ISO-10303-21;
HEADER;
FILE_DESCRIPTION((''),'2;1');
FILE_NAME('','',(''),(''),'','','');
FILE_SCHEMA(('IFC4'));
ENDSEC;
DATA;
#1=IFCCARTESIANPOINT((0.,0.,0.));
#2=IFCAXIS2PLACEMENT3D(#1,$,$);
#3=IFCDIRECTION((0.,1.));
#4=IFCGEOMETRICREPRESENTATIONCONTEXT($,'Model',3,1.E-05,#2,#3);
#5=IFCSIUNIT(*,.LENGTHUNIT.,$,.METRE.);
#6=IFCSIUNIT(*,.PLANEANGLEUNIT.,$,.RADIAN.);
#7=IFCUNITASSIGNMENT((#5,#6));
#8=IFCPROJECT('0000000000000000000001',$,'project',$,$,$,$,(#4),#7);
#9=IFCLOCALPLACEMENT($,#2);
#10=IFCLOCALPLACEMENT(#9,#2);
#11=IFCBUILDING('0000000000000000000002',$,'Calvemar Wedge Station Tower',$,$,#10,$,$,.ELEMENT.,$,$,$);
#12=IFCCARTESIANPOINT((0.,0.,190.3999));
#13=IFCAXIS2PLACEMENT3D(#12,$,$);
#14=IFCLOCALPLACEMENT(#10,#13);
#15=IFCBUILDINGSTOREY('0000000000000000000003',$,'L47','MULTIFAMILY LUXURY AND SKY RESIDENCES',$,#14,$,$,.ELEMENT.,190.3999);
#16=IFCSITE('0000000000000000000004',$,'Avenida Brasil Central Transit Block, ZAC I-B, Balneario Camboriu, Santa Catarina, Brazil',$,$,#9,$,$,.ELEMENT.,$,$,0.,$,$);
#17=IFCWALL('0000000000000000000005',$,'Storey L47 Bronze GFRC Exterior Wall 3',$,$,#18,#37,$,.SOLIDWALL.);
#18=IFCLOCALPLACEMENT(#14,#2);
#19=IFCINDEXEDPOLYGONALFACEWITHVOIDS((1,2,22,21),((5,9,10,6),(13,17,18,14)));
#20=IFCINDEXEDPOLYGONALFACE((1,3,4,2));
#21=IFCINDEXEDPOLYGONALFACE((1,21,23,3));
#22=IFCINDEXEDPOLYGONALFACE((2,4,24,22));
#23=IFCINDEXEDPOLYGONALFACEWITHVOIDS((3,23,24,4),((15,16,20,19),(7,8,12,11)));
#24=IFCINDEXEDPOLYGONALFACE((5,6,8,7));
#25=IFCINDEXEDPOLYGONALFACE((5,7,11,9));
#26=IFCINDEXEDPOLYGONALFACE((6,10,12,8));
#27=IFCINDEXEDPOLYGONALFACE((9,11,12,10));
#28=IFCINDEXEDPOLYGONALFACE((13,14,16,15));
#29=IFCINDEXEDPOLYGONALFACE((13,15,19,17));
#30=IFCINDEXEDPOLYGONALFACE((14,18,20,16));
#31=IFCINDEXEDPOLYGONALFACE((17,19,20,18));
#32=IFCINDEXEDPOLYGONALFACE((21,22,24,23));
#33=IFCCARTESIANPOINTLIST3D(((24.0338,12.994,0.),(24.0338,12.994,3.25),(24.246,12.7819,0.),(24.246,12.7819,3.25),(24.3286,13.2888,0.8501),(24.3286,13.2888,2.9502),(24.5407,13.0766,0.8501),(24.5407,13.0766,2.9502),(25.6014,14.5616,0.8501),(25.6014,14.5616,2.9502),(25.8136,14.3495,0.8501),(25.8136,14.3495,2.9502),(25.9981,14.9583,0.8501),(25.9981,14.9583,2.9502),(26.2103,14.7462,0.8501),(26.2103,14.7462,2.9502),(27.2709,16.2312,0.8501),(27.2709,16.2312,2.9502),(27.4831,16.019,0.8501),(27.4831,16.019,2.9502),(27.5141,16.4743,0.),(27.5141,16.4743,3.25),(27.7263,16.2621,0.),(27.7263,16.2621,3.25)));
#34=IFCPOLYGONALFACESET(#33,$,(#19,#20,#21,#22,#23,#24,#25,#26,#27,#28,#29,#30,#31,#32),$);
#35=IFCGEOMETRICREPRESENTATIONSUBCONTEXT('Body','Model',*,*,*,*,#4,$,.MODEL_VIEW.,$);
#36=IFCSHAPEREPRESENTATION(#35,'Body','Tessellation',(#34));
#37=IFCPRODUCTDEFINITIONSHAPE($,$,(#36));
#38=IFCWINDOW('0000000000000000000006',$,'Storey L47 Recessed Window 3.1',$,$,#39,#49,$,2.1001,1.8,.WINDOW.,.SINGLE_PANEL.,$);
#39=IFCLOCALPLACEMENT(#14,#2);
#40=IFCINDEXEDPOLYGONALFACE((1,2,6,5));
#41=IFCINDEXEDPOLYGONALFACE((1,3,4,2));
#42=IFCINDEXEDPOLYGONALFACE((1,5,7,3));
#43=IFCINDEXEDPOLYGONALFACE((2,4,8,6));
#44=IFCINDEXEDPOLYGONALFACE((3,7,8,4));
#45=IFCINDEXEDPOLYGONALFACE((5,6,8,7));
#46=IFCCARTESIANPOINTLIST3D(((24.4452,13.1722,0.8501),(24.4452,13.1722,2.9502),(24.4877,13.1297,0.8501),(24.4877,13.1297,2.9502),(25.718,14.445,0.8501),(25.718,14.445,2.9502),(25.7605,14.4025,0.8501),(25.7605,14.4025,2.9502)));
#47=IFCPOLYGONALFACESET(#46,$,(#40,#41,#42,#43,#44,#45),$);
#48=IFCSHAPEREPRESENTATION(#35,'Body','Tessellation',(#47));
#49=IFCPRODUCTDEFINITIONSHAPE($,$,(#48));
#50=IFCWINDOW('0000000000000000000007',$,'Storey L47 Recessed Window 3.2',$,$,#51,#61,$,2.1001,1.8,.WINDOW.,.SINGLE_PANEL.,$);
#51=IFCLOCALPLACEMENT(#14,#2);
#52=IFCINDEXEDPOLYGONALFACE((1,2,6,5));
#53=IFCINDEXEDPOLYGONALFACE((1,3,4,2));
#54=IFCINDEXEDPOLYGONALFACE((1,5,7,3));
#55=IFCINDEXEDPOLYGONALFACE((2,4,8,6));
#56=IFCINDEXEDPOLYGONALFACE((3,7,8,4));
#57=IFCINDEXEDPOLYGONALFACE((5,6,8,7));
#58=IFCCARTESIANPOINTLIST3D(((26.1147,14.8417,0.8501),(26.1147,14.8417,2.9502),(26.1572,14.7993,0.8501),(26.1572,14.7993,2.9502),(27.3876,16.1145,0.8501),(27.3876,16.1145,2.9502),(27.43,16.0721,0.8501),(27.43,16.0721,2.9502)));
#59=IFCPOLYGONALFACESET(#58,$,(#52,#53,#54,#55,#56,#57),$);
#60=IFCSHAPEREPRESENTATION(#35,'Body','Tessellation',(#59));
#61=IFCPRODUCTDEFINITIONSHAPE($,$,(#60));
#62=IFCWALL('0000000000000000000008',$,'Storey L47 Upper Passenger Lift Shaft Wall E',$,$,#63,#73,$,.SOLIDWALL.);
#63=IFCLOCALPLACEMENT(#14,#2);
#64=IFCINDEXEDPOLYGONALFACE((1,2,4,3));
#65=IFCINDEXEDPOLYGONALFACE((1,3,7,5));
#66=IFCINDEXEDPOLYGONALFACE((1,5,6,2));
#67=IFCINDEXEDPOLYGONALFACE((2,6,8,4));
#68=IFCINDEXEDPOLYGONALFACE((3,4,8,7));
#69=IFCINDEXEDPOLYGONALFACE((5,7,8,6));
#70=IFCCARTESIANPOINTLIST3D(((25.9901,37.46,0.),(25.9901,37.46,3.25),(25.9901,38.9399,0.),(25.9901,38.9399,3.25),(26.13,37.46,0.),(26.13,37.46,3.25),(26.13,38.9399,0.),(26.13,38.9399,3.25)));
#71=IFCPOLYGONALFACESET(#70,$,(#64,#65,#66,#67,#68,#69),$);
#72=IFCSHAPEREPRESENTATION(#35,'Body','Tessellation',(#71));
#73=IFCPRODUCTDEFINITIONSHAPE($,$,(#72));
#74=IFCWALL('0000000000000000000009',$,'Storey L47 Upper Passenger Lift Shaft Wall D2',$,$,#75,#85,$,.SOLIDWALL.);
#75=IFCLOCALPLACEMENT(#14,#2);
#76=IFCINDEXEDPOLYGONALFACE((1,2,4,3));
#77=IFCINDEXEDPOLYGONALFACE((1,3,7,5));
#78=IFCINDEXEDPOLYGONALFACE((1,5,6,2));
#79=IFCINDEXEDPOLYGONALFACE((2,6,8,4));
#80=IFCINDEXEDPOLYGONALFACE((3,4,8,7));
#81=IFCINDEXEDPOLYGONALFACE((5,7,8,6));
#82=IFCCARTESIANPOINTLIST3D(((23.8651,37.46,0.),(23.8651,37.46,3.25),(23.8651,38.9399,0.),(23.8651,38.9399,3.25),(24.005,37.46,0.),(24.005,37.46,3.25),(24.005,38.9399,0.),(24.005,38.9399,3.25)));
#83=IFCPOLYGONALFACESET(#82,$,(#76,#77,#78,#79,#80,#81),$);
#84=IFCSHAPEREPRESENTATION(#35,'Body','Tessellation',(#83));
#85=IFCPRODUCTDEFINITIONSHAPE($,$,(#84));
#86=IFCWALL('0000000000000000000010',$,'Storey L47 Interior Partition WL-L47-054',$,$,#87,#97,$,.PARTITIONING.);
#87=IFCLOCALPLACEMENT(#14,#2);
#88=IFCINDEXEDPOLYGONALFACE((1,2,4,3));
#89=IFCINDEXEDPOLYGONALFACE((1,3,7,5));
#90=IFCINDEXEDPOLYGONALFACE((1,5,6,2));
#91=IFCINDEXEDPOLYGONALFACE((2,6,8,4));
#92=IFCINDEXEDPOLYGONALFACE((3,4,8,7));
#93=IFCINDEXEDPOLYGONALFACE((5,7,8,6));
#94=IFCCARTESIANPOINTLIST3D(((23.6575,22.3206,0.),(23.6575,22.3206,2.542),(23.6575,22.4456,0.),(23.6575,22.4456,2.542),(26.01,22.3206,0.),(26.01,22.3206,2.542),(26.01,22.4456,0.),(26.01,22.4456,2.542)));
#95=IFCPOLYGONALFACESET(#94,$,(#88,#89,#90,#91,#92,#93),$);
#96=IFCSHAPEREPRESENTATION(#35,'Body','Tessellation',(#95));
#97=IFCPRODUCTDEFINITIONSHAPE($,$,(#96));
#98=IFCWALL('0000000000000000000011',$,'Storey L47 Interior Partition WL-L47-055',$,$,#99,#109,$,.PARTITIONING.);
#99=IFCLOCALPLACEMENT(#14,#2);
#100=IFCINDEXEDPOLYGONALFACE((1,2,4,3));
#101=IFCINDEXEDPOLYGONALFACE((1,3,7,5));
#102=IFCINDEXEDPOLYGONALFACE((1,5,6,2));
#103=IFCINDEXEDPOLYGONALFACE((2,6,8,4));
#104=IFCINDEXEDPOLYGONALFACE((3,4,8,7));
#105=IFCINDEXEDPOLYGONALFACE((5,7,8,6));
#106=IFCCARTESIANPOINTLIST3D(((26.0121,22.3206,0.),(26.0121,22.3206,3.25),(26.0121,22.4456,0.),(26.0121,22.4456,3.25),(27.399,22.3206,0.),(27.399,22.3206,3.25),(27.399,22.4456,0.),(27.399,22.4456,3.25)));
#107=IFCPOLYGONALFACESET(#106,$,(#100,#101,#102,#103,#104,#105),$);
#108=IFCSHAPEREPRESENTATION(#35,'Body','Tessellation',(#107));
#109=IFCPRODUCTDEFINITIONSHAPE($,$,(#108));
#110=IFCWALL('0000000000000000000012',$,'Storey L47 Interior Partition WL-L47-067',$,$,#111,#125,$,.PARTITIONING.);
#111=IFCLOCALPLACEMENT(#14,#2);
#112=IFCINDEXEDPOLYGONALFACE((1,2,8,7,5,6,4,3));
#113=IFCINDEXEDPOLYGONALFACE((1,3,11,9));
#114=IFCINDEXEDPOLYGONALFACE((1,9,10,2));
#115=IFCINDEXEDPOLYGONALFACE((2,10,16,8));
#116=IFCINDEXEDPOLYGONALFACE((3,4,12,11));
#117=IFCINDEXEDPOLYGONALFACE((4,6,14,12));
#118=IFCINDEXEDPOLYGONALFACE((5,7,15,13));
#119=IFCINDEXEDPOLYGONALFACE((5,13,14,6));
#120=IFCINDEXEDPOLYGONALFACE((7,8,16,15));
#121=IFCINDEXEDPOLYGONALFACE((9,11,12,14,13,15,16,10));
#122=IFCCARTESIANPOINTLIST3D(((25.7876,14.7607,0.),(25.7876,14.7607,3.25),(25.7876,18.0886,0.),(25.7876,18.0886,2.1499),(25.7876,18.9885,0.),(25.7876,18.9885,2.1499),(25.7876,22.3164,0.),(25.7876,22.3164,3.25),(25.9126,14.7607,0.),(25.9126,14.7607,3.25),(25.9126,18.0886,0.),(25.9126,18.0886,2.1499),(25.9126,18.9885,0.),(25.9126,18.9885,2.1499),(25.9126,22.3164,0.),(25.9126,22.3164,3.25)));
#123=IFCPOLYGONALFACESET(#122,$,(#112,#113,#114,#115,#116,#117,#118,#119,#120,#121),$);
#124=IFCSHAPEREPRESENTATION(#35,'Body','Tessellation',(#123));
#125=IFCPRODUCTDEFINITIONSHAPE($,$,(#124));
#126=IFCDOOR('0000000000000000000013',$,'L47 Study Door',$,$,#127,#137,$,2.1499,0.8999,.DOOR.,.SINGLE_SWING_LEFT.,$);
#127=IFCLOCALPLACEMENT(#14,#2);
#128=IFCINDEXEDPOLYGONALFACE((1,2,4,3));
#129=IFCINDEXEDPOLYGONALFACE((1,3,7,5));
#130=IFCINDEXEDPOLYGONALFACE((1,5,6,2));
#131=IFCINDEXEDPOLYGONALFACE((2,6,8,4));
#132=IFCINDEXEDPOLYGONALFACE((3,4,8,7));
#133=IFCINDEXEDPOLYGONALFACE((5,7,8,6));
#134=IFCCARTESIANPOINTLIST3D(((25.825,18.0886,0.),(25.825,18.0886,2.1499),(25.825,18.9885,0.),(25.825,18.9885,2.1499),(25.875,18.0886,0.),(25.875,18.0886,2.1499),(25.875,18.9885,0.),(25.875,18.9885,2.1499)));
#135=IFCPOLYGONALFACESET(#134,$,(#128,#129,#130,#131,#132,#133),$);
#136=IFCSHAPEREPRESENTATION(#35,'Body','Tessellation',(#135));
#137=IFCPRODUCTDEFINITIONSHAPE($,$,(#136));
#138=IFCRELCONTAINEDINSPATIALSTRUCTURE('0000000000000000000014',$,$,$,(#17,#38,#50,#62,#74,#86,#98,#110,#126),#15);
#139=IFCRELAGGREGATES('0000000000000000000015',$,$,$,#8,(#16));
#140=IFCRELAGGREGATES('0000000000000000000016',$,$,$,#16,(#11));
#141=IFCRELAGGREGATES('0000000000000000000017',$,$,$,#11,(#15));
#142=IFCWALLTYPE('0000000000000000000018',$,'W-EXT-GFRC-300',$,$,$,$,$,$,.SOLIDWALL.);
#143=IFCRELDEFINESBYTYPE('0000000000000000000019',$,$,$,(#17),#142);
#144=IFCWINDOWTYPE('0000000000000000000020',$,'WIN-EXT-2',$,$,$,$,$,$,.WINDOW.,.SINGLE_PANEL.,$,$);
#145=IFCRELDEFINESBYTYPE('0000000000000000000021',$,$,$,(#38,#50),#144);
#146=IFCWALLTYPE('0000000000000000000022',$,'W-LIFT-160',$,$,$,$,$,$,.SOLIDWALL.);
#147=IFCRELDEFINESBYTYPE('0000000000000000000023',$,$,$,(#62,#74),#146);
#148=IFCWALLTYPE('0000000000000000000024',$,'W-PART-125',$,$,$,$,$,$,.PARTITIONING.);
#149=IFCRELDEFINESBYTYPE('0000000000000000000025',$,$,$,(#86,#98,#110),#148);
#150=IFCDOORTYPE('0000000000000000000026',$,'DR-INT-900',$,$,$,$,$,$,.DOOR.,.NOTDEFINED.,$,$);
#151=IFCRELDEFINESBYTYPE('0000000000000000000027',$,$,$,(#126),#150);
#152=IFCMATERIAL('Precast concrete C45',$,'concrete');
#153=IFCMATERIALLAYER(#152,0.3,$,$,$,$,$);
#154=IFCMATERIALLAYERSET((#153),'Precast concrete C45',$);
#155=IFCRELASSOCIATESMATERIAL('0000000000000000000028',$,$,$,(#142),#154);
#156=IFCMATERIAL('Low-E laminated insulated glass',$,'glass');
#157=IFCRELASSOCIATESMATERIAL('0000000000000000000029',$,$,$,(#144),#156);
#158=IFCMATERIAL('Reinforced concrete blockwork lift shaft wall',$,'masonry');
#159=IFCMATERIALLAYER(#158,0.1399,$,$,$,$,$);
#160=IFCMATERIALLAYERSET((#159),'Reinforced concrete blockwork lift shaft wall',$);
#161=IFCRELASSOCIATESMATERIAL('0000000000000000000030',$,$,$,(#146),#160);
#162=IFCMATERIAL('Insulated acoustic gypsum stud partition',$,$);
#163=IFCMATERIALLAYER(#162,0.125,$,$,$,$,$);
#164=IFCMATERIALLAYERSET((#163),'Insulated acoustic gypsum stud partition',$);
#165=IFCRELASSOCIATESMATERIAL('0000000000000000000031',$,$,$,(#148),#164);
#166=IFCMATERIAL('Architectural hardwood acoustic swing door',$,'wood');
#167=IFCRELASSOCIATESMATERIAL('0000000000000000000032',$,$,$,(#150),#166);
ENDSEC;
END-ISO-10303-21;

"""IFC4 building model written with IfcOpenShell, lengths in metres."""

from ifc_helpers import new_model, si_unit, direction, frame, frame_2d, origin, place, context, subcontext, project, spatial, rectangle, extrude, source, transform, mapped, material, layer, layer_set, type_object, element, fill, save


model = new_model("IFC4")

# Units and contexts
model_context = context("Model", 3, precision=1e-05, world=origin(), true_north=direction((0.0, 1.0)))
body_context = subcontext(model_context, "Body", "Model", "MODEL_VIEW")
ifc_project = project(units=[si_unit("LENGTHUNIT", "METRE"), si_unit("PLANEANGLEUNIT", "RADIAN")], contexts=[model_context])

# Site, building, storey
site_placement = place(None, origin())
site = spatial("IfcSite", under=ifc_project, at=site_placement, Name="Avenida Brasil Central Transit Block, ZAC I-B, Balneario Camboriu, Santa Catarina, Brazil", CompositionType="ELEMENT", RefElevation=0.0)
building_placement = place(site_placement, origin())
building = spatial("IfcBuilding", under=site, at=building_placement, Name="Calvemar Wedge Station Tower", CompositionType="ELEMENT")
storey_placement = place(building_placement, frame((0.0, 0.0, 190.3999)))
storey = spatial("IfcBuildingStorey", under=building, at=storey_placement, Name="L47", Description="MULTIFAMILY LUXURY AND SKY RESIDENCES", CompositionType="ELEMENT", Elevation=190.3999)

# Shared definitions
ifc_material_1 = material(Name="Low-E laminated insulated glass", Category="glass")

# Wall, openings, windows
ifc_material_2 = material(Name="Precast concrete C45", Category="concrete")
ifc_layer_1 = layer(ifc_material_2, 0.3)
ifc_layer_set_1 = layer_set([ifc_layer_1], Name="Precast concrete C45")
wall_type_1 = type_object("IfcWallType", Name="W-EXT-GFRC-300", PredefinedType="SOLIDWALL", material=ifc_layer_set_1)
wall_1_placement = place(storey_placement, frame((24.1399, 12.8879, 0.0), z_axis=(0.0, 0.0, 1.0), x_axis=(0.707107, 0.707107, 0.0)))
wall_1 = element("IfcWall", 1, at=wall_1_placement, inside=storey, type_object=wall_type_1, Name="Storey L47 Bronze GFRC Exterior Wall 3", PredefinedType="SOLIDWALL", context=body_context, shape_type="SweptSolid", body=[
    extrude(rectangle(XDim=4.9219, YDim=0.3, at=frame_2d((2.4609, 0.0))), origin(), (0.0, 0.0, 1.0), 3.25),
])
shared_shape_1 = source(origin(), body_context, "Body", "SweptSolid", [
    extrude(rectangle(XDim=1.8, YDim=2.1001, at=frame_2d((0.8999, 1.05))), frame((0.0, 0.1602, 0.0), z_axis=(0.0, -1.0, 0.0), x_axis=(1.0, 0.0, 0.0)), (0.0, 0.0, 1.0), 0.3201),
])
opening_1_placement = place(wall_1_placement, frame((0.417, 0.0, 0.8501)))
opening_1 = element("IfcOpeningElement", 2, at=opening_1_placement, cuts=wall_1, PredefinedType="OPENING", context=body_context, shape_type="MappedRepresentation", body=[
    mapped(shared_shape_1, transform((0.0, 0.0, 0.0), scale=1.0)),
])
opening_2_placement = place(wall_1_placement, frame((2.7781, 0.0, 0.8501)))
opening_2 = element("IfcOpeningElement", 3, at=opening_2_placement, cuts=wall_1, PredefinedType="OPENING", context=body_context, shape_type="MappedRepresentation", body=[
    mapped(shared_shape_1, transform((0.0, 0.0, 0.0), scale=1.0)),
])
window_type = type_object("IfcWindowType", Name="WIN-EXT-2", PartitioningType="SINGLE_PANEL", PredefinedType="WINDOW", material=ifc_material_1)
shared_shape_2 = source(origin(), body_context, "Body", "SweptSolid", [
    extrude(rectangle(XDim=1.8, YDim=2.1001, at=frame_2d((0.8999, 1.05))), frame((0.0, -0.0149, 0.0), z_axis=(0.0, -1.0, 0.0), x_axis=(1.0, 0.0, 0.0)), (0.0, 0.0, 1.0), 0.0601),
])
window_1_placement = place(opening_1_placement, origin())
window_1 = element("IfcWindow", 4, at=window_1_placement, inside=storey, type_object=window_type, Name="Storey L47 Recessed Window 3.1", OverallHeight=2.1001, OverallWidth=1.8, PartitioningType="SINGLE_PANEL", PredefinedType="WINDOW", context=body_context, shape_type="MappedRepresentation", body=[
    mapped(shared_shape_2, transform((0.0, 0.0, 0.0), scale=1.0)),
])
fill(opening_1, window_1)
window_2_placement = place(opening_2_placement, origin())
window_2 = element("IfcWindow", 5, at=window_2_placement, inside=storey, type_object=window_type, Name="Storey L47 Recessed Window 3.2", OverallHeight=2.1001, OverallWidth=1.8, PartitioningType="SINGLE_PANEL", PredefinedType="WINDOW", context=body_context, shape_type="MappedRepresentation", body=[
    mapped(shared_shape_2, transform((0.0, 0.0, 0.0), scale=1.0)),
])
fill(opening_2, window_2)

# Walls
ifc_material_3 = material(Name="Reinforced concrete blockwork lift shaft wall", Category="masonry")
ifc_layer_2 = layer(ifc_material_3, 0.1399)
ifc_layer_set_2 = layer_set([ifc_layer_2], Name="Reinforced concrete blockwork lift shaft wall")
wall_type_2 = type_object("IfcWallType", Name="W-LIFT-160", PredefinedType="SOLIDWALL", material=ifc_layer_set_2)
for number, where, z_axis, x_axis, name in (
    (6, (26.0601, 37.46, 0.0), (0.0, 0.0, 1.0), (0.0, 1.0, 0.0), "Storey L47 Upper Passenger Lift Shaft Wall E"),
    (7, (23.9351, 37.46, 0.0), (0.0, 0.0, 1.0), (0.0, 1.0, 0.0), "Storey L47 Upper Passenger Lift Shaft Wall D2"),
):
    element("IfcWall", number, at=place(storey_placement, frame(where, z_axis=z_axis, x_axis=x_axis)), inside=storey, type_object=wall_type_2, Name=name, PredefinedType="SOLIDWALL", context=body_context, shape_type="SweptSolid", body=[
        extrude(rectangle(XDim=1.48, YDim=0.1399, at=frame_2d((0.74, 0.0))), origin(), (0.0, 0.0, 1.0), 3.25),
    ])
ifc_material_4 = material(Name="Insulated acoustic gypsum stud partition")
ifc_layer_3 = layer(ifc_material_4, 0.125)
ifc_layer_set_3 = layer_set([ifc_layer_3], Name="Insulated acoustic gypsum stud partition")
wall_type_3 = type_object("IfcWallType", Name="W-PART-125", PredefinedType="PARTITIONING", material=ifc_layer_set_3)
wall_2_placement = place(storey_placement, frame((26.01, 22.3831, 0.0), z_axis=(0.0, 0.0, 1.0), x_axis=(-1.0, 0.0, 0.0)))
element("IfcWall", 8, at=wall_2_placement, inside=storey, type_object=wall_type_3, Name="Storey L47 Interior Partition WL-L47-054", PredefinedType="PARTITIONING", context=body_context, shape_type="SweptSolid", body=[
    extrude(rectangle(XDim=2.3525, YDim=0.125, at=frame_2d((1.1763, 0.0))), origin(), (0.0, 0.0, 1.0), 2.542),
])
wall_3_placement = place(storey_placement, frame((27.3989, 22.3831, 0.0), z_axis=(0.0, 0.0, 1.0), x_axis=(-1.0, 0.0, 0.0)))
element("IfcWall", 9, at=wall_3_placement, inside=storey, type_object=wall_type_3, Name="Storey L47 Interior Partition WL-L47-055", PredefinedType="PARTITIONING", context=body_context, shape_type="SweptSolid", body=[
    extrude(rectangle(XDim=1.387, YDim=0.125, at=frame_2d((0.6934, 0.0))), origin(), (0.0, 0.0, 1.0), 3.25),
])

# Wall, opening, door
wall_4_placement = place(storey_placement, frame((25.8501, 22.3164, 0.0), z_axis=(0.0, 0.0, 1.0), x_axis=(0.0, -1.0, 0.0)))
wall_4 = element("IfcWall", 10, at=wall_4_placement, inside=storey, type_object=wall_type_3, Name="Storey L47 Interior Partition WL-L47-067", PredefinedType="PARTITIONING", context=body_context, shape_type="SweptSolid", body=[
    extrude(rectangle(XDim=7.5557, YDim=0.125, at=frame_2d((3.7778, 0.0))), origin(), (0.0, 0.0, 1.0), 3.25),
])
shared_shape_3 = source(origin(), body_context, "Body", "SweptSolid", [
    extrude(rectangle(XDim=0.8999, YDim=2.1499, at=frame_2d((0.45, 1.075))), frame((0.0, 0.0725, 0.0), z_axis=(0.0, -1.0, 0.0), x_axis=(1.0, 0.0, 0.0)), (0.0, 0.0, 1.0), 0.145),
])
opening_3_placement = place(wall_4_placement, frame((3.3279, 0.0, 0.0)))
opening_3 = element("IfcOpeningElement", 11, at=opening_3_placement, cuts=wall_4, PredefinedType="OPENING", context=body_context, shape_type="MappedRepresentation", body=[
    mapped(shared_shape_3, transform((0.0, 0.0, 0.0), scale=1.0)),
])
ifc_material_5 = material(Name="Architectural hardwood acoustic swing door", Category="wood")
door_type_1 = type_object("IfcDoorType", Name="DR-INT-900", OperationType="NOTDEFINED", PredefinedType="DOOR", material=ifc_material_5)
shared_shape_4 = source(origin(), body_context, "Body", "SweptSolid", [
    extrude(rectangle(XDim=0.8999, YDim=2.1499, at=frame_2d((0.45, 1.075))), frame((0.0, 0.0249, 0.0), z_axis=(0.0, -1.0, 0.0), x_axis=(1.0, 0.0, 0.0)), (0.0, 0.0, 1.0), 0.05),
])
door_1_placement = place(opening_3_placement, origin())
door_1 = element("IfcDoor", 12, at=door_1_placement, inside=storey, type_object=door_type_1, Name="L47 Study Door", OperationType="SINGLE_SWING_LEFT", OverallHeight=2.1499, OverallWidth=0.8999, PredefinedType="DOOR", context=body_context, shape_type="MappedRepresentation", body=[
    mapped(shared_shape_4, transform((0.0, 0.0, 0.0), scale=1.0)),
])
fill(opening_3, door_1)

save(model, "model.ifc")
